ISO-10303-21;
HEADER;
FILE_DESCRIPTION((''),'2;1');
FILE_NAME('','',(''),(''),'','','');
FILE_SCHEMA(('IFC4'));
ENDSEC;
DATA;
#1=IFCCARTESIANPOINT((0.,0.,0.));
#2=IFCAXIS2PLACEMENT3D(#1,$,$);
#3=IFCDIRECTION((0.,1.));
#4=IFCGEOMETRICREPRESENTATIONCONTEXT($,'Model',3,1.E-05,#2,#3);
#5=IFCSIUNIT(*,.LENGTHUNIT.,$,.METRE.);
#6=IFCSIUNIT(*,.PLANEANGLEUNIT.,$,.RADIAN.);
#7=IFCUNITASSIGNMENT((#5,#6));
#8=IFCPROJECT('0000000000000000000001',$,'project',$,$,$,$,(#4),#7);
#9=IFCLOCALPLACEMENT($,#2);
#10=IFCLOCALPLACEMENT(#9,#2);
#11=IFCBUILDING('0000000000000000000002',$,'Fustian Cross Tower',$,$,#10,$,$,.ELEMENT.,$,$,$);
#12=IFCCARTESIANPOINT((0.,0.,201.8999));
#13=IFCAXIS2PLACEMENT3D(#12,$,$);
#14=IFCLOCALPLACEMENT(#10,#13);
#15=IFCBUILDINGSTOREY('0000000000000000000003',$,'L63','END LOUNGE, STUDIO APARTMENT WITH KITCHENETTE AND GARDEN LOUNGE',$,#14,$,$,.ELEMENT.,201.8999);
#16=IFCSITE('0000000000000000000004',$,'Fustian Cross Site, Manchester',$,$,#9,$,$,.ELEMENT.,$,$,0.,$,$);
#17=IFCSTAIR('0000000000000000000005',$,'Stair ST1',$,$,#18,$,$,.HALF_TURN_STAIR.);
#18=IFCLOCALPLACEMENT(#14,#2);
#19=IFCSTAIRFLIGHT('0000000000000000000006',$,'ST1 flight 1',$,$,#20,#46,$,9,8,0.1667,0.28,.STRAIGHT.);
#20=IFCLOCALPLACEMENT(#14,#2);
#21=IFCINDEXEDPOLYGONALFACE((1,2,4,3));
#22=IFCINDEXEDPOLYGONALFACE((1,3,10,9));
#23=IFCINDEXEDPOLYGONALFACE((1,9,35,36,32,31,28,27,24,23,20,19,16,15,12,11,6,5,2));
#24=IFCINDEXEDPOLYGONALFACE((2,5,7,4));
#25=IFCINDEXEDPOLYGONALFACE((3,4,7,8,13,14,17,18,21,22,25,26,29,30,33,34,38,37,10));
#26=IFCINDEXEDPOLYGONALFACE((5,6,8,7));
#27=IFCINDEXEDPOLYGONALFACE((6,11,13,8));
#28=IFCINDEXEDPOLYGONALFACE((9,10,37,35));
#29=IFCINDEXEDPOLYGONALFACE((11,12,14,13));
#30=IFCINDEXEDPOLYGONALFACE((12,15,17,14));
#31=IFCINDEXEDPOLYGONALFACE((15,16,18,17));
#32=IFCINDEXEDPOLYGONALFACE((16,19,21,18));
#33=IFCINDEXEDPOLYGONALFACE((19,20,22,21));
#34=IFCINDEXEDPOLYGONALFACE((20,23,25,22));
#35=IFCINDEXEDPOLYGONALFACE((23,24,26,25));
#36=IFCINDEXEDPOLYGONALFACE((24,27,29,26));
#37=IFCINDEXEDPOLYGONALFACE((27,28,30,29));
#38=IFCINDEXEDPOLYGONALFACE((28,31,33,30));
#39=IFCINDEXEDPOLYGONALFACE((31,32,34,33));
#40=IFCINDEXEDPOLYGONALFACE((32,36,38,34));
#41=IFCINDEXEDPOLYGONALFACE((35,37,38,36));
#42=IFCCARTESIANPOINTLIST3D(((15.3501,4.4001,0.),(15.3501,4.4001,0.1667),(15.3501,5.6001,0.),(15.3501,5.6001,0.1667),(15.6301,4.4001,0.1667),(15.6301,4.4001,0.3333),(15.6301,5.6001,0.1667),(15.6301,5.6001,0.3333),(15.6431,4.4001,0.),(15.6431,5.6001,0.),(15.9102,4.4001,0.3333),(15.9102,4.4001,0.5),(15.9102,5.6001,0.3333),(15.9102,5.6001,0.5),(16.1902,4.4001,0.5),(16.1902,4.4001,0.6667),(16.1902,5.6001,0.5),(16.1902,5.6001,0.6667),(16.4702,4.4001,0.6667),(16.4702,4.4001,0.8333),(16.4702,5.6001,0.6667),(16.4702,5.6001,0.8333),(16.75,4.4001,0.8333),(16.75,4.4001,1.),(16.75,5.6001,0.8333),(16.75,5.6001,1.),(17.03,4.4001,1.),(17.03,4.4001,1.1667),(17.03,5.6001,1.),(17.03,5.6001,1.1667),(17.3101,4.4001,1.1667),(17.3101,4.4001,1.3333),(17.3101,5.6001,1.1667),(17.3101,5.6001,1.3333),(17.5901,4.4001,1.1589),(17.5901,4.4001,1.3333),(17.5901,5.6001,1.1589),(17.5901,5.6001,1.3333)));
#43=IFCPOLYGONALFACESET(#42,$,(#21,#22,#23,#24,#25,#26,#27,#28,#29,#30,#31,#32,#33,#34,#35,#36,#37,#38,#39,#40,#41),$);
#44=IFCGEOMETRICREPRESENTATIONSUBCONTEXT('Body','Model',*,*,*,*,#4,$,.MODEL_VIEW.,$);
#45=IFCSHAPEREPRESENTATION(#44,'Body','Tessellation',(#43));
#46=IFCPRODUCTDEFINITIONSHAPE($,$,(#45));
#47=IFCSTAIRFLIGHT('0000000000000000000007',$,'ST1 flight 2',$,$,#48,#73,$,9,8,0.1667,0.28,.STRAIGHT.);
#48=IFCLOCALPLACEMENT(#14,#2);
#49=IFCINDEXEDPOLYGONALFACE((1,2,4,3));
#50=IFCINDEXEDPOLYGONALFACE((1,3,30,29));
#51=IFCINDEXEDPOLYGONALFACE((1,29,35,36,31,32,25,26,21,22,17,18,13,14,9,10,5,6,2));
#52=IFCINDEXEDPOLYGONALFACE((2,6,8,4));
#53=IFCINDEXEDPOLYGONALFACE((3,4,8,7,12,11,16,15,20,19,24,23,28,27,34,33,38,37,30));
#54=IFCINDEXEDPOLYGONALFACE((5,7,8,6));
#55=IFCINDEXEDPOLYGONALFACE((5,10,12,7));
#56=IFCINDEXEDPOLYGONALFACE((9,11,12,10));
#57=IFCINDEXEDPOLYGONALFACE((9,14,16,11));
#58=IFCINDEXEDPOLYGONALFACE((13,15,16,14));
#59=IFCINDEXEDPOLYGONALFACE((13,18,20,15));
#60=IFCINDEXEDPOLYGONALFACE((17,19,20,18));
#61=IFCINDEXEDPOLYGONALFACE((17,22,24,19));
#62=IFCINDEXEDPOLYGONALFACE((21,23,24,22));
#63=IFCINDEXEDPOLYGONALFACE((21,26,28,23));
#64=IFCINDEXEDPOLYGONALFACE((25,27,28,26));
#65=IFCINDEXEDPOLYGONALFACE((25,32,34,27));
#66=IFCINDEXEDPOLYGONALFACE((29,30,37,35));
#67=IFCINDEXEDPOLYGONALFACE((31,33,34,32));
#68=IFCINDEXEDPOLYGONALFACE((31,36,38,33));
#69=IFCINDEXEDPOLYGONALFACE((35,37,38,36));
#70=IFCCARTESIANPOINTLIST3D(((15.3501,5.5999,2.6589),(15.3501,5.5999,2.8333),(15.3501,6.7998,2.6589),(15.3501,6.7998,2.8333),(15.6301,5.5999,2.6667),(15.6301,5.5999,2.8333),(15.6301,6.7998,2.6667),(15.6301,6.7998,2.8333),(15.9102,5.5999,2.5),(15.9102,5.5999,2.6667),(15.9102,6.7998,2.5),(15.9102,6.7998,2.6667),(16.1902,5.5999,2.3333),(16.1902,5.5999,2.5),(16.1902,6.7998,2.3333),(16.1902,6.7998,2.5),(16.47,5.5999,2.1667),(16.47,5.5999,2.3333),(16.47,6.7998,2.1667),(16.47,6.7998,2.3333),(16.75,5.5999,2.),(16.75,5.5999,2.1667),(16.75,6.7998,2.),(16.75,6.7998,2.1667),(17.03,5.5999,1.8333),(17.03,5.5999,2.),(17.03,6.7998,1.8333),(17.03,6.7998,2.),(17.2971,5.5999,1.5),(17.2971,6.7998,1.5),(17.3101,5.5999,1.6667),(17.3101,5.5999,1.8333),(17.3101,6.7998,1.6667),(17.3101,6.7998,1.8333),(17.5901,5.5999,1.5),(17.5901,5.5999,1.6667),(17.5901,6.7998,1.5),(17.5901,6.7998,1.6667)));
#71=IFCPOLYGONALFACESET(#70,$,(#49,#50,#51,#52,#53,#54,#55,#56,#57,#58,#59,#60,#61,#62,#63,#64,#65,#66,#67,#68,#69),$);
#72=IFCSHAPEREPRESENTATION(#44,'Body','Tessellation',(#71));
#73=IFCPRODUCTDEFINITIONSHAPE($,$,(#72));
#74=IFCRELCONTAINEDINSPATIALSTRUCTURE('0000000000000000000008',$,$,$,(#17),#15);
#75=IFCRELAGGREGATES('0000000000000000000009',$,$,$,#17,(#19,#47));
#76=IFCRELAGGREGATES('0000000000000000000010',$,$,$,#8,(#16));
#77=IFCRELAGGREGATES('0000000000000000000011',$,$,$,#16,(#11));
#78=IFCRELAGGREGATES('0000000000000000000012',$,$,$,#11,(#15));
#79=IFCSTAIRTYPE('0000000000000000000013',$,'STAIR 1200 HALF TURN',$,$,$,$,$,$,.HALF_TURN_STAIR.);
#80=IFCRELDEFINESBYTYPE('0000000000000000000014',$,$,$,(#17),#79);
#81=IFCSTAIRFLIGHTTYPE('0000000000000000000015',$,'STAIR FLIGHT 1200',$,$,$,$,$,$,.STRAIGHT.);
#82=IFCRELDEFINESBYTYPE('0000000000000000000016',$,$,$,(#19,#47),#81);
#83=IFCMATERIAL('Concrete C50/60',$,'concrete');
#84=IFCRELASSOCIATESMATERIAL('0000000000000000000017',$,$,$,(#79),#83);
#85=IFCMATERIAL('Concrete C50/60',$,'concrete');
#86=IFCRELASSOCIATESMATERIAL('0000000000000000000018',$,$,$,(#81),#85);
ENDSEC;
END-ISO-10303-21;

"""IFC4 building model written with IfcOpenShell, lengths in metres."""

from ifc_helpers import new_model, si_unit, direction, frame, origin, place, context, subcontext, project, spatial, polyline, outline, extrude, material, type_object, element, aggregate, save


model = new_model("IFC4")

# Units and contexts
model_context = context("Model", 3, precision=1e-05, world=origin(), true_north=direction((0.0, 1.0)))
body_context = subcontext(model_context, "Body", "Model", "MODEL_VIEW")
ifc_project = project(units=[si_unit("LENGTHUNIT", "METRE"), si_unit("PLANEANGLEUNIT", "RADIAN")], contexts=[model_context])

# Site, building, storey
site_placement = place(None, origin())
site = spatial("IfcSite", under=ifc_project, at=site_placement, Name="Fustian Cross Site, Manchester", CompositionType="ELEMENT", RefElevation=0.0)
building_placement = place(site_placement, origin())
building = spatial("IfcBuilding", under=site, at=building_placement, Name="Fustian Cross Tower", CompositionType="ELEMENT")
storey_placement = place(building_placement, frame((0.0, 0.0, 201.8999)))
storey = spatial("IfcBuildingStorey", under=building, at=storey_placement, Name="L63", Description="END LOUNGE, STUDIO APARTMENT WITH KITCHENETTE AND GARDEN LOUNGE", CompositionType="ELEMENT", Elevation=201.8999)

# Stair, stair flights
ifc_material_1 = material(Name="Concrete C50/60", Category="concrete")
stair_type = type_object("IfcStairType", Name="STAIR 1200 HALF TURN", PredefinedType="HALF_TURN_STAIR", material=ifc_material_1)
stair_placement = place(storey_placement, origin())
stair = element("IfcStair", 1, at=stair_placement, inside=storey, type_object=stair_type, Name="Stair ST1", PredefinedType="HALF_TURN_STAIR")
ifc_material_2 = material(Name="Concrete C50/60", Category="concrete")
stair_flight_type = type_object("IfcStairFlightType", Name="STAIR FLIGHT 1200", PredefinedType="STRAIGHT", material=ifc_material_2)
stair_flight_1_placement = place(storey_placement, frame((15.3501, 5.0, 0.0), z_axis=(0.0, 0.0, 1.0), x_axis=(1.0, 0.0, 0.0)))
stair_flight_1 = element("IfcStairFlight", 2, at=stair_flight_1_placement, type_object=stair_flight_type, Name="ST1 flight 1", NumberOfRisers=9, NumberOfTreads=8, PredefinedType="STRAIGHT", RiserHeight=0.1667, TreadLength=0.28, context=body_context, shape_type="SweptSolid", body=[
    extrude(outline(polyline([(0.0, 0.0), (0.0, 0.1667), (0.28, 0.1667), (0.28, 0.3333), (0.5601, 0.3333), (0.5601, 0.5), (0.8401, 0.5), (0.8401, 0.6667), (1.1201, 0.6667), (1.1201, 0.8333), (1.3999, 0.8333), (1.3999, 1.0), (1.6799, 1.0), (1.6799, 1.1667), (1.96, 1.1667), (1.96, 1.3333), (2.24, 1.3333), (2.24, 1.5), (2.24, 1.1589), (0.293, 0.0), (0.0, 0.0)])), frame((0.0, 0.6001, 0.0), z_axis=(0.0, -1.0, 0.0), x_axis=(1.0, 0.0, 0.0)), (0.0, 0.0, 1.0), 1.2),
])
stair_flight_2_placement = place(storey_placement, frame((17.5901, 6.2, 1.5), z_axis=(0.0, 0.0, 1.0), x_axis=(-1.0, 0.0, 0.0)))
stair_flight_2 = element("IfcStairFlight", 3, at=stair_flight_2_placement, type_object=stair_flight_type, Name="ST1 flight 2", NumberOfRisers=9, NumberOfTreads=8, PredefinedType="STRAIGHT", RiserHeight=0.1667, TreadLength=0.28, context=body_context, shape_type="SweptSolid", body=[
    extrude(outline(polyline([(0.0, 0.0), (0.0, 0.1667), (0.28, 0.1667), (0.28, 0.3333), (0.5601, 0.3333), (0.5601, 0.5), (0.8401, 0.5), (0.8401, 0.6667), (1.1201, 0.6667), (1.1201, 0.8333), (1.3999, 0.8333), (1.3999, 1.0), (1.6799, 1.0), (1.6799, 1.1667), (1.96, 1.1667), (1.96, 1.3333), (2.24, 1.3333), (2.24, 1.5), (2.24, 1.1589), (0.293, 0.0), (0.0, 0.0)])), frame((0.0, 0.6001, 0.0), z_axis=(0.0, -1.0, 0.0), x_axis=(1.0, 0.0, 0.0)), (0.0, 0.0, 1.0), 1.2),
])
aggregate(stair, [stair_flight_1, stair_flight_2])

save(model, "model.ifc")
